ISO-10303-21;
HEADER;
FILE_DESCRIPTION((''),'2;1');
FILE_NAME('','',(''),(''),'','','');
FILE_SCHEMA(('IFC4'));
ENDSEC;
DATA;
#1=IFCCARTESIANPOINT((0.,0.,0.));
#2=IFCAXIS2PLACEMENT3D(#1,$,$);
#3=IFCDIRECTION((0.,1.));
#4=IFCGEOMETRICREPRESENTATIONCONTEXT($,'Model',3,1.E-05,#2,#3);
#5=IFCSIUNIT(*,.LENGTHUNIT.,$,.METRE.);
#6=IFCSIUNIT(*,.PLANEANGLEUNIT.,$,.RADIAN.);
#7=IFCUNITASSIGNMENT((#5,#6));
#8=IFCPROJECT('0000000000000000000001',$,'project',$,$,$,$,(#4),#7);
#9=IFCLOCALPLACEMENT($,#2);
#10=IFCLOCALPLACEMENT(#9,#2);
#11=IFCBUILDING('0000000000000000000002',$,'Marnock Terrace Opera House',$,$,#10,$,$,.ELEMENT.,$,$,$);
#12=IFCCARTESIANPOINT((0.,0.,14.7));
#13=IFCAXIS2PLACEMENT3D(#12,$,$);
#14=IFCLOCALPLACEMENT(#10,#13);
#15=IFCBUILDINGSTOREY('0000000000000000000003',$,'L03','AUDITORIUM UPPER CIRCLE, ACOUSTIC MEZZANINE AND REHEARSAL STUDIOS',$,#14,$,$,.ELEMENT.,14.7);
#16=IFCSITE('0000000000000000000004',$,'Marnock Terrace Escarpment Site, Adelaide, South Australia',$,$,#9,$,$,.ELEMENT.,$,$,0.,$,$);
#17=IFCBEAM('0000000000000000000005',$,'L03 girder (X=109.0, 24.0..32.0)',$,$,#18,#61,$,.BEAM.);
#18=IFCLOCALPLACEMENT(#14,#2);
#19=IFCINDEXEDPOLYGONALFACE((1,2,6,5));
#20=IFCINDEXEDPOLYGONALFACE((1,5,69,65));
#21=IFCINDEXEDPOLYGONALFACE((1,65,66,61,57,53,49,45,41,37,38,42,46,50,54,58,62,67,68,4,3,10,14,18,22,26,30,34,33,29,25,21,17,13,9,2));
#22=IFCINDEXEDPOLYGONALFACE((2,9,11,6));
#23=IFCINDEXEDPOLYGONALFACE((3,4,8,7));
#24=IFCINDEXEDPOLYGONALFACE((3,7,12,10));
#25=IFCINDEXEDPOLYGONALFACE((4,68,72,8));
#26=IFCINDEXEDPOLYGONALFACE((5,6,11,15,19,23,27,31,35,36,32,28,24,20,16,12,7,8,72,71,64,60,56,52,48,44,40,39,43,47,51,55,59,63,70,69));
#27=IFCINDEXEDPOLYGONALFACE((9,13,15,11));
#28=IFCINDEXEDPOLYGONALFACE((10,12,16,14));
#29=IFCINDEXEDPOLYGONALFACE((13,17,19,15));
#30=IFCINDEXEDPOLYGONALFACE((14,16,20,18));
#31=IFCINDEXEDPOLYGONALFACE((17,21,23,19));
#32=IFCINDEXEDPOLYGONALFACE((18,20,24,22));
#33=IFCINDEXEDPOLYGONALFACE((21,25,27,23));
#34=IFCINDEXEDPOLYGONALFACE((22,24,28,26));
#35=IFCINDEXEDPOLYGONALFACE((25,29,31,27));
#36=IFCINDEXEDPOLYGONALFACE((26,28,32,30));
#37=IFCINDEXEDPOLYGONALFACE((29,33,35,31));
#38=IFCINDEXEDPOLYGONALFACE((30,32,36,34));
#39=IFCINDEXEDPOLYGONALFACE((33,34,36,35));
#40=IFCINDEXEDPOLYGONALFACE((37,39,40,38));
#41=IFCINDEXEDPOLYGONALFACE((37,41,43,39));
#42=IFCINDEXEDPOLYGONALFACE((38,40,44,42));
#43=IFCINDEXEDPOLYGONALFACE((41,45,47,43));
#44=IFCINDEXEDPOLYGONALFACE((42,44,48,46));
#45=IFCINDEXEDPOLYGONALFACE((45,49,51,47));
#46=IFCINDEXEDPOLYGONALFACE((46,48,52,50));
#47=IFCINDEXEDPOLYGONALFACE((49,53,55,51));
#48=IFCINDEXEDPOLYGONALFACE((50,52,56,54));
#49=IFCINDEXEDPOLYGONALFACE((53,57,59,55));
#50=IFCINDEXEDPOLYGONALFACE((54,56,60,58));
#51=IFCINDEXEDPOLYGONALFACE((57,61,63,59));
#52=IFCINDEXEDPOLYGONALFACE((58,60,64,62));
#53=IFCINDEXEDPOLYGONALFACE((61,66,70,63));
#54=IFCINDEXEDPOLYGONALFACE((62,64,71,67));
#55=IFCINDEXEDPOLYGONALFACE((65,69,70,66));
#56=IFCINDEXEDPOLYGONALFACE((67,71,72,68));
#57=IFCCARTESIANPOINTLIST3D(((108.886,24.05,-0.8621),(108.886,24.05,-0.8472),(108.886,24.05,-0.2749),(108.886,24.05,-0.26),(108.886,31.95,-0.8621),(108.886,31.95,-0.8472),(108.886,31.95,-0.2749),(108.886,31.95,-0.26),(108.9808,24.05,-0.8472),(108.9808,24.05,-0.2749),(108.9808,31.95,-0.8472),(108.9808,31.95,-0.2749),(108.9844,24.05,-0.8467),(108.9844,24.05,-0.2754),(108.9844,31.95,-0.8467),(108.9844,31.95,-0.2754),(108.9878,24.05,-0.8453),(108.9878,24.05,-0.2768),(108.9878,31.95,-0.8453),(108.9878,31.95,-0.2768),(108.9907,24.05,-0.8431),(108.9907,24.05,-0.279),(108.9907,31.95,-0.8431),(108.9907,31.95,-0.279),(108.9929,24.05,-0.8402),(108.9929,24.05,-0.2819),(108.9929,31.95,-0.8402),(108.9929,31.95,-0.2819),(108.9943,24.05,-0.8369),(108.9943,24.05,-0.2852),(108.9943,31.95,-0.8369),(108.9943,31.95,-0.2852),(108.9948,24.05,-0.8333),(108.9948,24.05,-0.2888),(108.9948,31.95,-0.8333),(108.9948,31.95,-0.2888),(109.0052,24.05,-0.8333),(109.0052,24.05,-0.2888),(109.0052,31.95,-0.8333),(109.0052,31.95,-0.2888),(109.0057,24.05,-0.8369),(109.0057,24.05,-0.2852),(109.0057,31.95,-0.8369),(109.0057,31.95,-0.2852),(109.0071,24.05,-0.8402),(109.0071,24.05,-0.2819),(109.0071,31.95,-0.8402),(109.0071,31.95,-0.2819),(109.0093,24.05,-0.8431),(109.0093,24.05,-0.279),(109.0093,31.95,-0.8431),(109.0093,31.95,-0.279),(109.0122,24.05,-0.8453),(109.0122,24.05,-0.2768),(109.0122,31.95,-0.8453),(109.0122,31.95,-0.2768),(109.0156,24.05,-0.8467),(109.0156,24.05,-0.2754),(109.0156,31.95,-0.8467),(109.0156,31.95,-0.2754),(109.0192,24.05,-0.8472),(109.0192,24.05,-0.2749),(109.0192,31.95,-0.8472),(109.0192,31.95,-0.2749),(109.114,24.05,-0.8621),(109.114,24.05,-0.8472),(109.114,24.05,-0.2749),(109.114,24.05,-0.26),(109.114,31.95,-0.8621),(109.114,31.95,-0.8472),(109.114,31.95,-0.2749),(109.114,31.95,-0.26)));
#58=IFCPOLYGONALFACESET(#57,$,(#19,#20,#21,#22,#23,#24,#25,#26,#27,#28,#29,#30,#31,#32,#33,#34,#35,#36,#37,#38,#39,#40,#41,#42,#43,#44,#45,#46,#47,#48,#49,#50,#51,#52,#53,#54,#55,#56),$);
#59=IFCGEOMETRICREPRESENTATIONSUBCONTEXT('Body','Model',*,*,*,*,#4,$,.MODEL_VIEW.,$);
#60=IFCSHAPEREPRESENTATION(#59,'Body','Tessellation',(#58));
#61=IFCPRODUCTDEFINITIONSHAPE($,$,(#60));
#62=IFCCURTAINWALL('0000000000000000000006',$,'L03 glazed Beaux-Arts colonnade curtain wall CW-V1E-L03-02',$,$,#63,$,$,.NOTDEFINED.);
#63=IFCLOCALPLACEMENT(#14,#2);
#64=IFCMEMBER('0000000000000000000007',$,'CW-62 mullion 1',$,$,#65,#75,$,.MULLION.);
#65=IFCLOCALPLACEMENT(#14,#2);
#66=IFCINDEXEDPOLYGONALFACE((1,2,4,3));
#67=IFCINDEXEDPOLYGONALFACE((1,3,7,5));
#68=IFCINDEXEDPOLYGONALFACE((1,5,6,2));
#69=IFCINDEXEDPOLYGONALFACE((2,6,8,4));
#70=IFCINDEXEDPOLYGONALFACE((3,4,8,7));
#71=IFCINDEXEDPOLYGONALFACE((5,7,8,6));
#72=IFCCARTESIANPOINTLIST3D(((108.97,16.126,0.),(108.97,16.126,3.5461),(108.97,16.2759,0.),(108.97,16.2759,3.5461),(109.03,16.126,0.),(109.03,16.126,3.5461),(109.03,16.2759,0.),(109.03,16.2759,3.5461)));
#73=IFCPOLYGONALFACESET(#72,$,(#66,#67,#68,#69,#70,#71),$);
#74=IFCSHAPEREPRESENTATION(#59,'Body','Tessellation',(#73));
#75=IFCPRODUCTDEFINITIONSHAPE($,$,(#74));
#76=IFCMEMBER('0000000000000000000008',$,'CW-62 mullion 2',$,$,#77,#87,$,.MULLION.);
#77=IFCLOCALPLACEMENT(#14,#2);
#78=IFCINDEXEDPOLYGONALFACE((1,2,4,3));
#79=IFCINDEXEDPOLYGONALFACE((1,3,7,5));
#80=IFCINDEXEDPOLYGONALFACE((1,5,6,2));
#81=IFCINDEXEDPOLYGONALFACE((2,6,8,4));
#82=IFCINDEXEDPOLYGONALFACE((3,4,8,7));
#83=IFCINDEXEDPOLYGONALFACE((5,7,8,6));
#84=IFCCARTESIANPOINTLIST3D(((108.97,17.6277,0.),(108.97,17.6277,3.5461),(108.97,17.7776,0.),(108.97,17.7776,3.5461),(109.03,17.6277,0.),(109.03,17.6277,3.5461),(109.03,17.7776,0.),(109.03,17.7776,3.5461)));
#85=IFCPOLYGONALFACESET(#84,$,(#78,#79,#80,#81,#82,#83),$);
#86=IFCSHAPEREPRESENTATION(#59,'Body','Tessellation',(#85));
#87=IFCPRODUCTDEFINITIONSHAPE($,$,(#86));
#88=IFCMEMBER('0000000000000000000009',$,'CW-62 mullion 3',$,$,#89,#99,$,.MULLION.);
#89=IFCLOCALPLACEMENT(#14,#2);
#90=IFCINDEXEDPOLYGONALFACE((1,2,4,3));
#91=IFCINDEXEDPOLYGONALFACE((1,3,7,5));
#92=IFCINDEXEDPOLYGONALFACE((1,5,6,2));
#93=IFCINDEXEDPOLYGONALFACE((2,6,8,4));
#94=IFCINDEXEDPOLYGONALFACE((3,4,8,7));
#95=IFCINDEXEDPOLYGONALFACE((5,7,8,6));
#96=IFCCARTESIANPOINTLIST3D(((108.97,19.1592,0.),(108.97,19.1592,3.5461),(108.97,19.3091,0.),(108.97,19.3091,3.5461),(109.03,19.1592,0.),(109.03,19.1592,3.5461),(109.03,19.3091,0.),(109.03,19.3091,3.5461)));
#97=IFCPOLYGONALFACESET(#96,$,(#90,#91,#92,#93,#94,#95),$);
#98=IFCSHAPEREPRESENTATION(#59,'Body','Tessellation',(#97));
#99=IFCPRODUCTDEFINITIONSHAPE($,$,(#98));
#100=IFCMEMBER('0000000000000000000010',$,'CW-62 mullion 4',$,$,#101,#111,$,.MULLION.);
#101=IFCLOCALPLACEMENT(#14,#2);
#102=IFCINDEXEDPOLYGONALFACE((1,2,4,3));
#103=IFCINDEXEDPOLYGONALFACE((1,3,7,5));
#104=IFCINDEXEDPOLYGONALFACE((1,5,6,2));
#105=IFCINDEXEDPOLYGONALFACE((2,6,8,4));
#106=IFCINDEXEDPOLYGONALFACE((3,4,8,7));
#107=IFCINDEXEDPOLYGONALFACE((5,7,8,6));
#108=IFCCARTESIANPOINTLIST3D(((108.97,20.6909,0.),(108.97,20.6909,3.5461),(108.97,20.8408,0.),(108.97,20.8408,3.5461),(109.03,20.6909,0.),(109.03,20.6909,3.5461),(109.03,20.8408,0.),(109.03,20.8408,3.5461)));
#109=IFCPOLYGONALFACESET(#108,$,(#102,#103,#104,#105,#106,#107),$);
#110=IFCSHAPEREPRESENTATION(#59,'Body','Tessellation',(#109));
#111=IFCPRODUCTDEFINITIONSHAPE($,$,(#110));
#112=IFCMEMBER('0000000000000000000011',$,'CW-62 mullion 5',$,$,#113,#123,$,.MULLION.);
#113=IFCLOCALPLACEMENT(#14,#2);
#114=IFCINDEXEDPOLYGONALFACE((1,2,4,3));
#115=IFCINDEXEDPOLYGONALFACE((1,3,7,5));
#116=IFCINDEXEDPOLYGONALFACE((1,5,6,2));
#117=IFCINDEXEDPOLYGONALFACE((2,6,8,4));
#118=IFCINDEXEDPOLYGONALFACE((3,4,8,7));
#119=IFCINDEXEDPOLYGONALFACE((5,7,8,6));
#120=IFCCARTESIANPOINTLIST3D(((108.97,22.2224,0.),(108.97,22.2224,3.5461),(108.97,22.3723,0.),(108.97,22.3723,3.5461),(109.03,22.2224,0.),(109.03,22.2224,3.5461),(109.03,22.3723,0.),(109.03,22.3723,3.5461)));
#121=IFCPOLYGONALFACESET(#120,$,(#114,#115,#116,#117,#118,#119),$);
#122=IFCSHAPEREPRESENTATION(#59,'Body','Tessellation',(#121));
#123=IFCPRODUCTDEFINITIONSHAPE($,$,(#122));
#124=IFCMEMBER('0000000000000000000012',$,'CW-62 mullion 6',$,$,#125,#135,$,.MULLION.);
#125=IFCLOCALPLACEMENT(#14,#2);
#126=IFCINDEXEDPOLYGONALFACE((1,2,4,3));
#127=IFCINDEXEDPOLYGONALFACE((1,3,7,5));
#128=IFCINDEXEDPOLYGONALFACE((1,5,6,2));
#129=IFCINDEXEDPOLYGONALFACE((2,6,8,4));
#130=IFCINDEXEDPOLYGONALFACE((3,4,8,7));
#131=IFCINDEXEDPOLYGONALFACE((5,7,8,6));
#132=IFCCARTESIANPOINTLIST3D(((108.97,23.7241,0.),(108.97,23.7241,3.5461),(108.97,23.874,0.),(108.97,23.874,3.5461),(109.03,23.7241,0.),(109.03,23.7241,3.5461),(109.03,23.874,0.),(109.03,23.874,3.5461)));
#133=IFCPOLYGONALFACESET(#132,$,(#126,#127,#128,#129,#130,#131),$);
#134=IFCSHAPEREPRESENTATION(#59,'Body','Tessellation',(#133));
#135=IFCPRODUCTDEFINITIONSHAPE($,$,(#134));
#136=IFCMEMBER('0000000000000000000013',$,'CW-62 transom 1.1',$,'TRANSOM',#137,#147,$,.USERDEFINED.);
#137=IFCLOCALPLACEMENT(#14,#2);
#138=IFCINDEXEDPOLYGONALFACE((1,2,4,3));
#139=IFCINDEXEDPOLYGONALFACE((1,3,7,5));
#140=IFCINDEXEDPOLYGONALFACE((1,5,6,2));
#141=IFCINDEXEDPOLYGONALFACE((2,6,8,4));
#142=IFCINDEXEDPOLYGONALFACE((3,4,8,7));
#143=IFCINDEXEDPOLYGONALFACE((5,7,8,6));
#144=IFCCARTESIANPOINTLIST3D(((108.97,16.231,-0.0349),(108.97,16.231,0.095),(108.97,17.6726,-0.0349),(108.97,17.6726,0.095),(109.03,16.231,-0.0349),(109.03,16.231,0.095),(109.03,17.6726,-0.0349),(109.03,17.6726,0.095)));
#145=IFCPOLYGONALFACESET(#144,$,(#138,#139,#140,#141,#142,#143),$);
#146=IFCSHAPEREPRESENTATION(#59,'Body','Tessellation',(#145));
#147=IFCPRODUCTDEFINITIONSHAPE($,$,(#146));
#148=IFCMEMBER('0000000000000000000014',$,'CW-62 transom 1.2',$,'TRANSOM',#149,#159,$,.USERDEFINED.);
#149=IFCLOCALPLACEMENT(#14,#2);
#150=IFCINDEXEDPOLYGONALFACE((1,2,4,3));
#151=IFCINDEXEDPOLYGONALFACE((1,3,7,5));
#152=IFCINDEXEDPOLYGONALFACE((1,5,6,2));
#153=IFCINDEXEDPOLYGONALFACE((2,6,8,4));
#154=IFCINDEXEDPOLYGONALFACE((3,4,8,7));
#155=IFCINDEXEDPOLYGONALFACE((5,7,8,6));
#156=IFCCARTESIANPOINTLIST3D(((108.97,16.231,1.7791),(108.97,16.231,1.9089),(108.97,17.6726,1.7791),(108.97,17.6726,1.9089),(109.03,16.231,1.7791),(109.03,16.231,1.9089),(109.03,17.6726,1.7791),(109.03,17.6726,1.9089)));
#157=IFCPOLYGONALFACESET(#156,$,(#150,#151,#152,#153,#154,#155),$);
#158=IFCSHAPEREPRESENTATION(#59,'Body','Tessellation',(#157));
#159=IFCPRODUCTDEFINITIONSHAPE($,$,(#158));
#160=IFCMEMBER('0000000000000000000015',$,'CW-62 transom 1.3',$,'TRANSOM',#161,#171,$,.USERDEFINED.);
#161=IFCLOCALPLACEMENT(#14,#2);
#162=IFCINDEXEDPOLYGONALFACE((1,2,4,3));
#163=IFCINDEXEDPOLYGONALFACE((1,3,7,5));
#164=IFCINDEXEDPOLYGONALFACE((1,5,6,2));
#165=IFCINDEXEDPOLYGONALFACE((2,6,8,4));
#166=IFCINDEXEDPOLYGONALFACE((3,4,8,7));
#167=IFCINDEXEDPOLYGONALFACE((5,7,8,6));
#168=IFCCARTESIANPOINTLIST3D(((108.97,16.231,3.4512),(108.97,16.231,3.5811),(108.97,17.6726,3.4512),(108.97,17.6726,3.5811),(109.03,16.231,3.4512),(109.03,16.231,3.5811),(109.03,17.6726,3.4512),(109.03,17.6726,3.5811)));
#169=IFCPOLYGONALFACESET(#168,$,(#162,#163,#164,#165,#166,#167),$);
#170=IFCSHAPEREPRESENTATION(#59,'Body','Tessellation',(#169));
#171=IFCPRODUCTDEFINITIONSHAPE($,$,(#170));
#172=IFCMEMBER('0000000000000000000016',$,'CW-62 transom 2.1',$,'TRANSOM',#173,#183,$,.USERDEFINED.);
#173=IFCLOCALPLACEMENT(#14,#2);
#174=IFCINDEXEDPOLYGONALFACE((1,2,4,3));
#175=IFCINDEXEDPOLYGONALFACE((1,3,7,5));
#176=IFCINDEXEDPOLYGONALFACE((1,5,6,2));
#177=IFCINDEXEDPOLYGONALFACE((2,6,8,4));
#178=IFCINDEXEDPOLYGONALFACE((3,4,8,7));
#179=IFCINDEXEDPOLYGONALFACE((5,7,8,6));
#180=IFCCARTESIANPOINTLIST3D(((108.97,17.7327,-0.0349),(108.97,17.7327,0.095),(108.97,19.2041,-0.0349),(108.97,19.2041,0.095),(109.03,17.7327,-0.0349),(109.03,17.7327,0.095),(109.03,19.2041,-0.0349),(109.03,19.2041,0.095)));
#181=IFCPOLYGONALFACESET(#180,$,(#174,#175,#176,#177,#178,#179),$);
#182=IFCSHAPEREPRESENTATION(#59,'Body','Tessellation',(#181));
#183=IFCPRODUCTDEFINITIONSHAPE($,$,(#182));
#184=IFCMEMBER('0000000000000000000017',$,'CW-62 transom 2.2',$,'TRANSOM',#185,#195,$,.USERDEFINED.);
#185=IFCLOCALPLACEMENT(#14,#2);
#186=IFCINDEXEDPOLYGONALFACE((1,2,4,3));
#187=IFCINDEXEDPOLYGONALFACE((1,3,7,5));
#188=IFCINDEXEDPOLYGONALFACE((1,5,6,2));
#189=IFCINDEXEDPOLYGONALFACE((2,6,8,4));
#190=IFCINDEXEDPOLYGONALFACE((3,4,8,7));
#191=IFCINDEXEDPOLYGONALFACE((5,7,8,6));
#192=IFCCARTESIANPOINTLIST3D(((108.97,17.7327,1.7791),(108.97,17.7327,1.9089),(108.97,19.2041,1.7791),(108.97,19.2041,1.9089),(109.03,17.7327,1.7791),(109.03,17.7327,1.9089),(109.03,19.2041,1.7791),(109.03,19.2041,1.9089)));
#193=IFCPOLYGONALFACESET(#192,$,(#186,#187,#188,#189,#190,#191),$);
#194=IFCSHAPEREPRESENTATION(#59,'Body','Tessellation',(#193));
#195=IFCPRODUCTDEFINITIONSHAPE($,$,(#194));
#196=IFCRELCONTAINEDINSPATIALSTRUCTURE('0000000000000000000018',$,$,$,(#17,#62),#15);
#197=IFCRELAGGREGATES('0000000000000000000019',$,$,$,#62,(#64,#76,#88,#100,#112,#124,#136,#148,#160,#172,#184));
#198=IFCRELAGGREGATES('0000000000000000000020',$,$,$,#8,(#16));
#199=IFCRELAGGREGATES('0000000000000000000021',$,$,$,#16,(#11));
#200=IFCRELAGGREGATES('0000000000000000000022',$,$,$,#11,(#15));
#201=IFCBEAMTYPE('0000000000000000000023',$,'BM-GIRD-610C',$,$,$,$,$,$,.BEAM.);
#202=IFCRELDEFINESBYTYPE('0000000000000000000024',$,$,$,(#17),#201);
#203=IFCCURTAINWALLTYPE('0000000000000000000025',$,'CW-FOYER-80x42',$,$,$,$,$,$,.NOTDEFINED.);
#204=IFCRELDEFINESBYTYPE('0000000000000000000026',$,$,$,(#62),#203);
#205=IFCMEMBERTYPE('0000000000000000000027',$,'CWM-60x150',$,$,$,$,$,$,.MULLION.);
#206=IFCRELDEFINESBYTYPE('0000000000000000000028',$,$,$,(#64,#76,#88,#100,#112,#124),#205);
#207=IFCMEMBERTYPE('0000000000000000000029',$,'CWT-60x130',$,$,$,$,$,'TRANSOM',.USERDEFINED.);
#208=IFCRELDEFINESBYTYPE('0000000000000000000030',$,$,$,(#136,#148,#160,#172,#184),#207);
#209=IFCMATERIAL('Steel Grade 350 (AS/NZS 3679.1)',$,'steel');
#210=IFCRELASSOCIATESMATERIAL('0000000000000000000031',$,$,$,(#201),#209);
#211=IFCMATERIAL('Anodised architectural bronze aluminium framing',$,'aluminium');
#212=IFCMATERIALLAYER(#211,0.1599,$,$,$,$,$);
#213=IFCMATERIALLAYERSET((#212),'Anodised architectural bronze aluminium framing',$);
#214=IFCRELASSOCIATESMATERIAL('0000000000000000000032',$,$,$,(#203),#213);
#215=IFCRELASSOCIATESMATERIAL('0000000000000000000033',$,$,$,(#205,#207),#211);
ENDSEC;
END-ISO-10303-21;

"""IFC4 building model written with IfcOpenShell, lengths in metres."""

from ifc_helpers import new_model, si_unit, direction, frame, origin, origin_2d, place, context, subcontext, project, spatial, rectangle, i_section, extrude, material, layer, layer_set, material_profile, profile_set, type_object, element, aggregate, save


model = new_model("IFC4")

# Units and contexts
model_context = context("Model", 3, precision=1e-05, world=origin(), true_north=direction((0.0, 1.0)))
body_context = subcontext(model_context, "Body", "Model", "MODEL_VIEW")
ifc_project = project(units=[si_unit("LENGTHUNIT", "METRE"), si_unit("PLANEANGLEUNIT", "RADIAN")], contexts=[model_context])

# Site, building, storey
site_placement = place(None, origin())
site = spatial("IfcSite", under=ifc_project, at=site_placement, Name="Marnock Terrace Escarpment Site, Adelaide, South Australia", CompositionType="ELEMENT", RefElevation=0.0)
building_placement = place(site_placement, origin())
building = spatial("IfcBuilding", under=site, at=building_placement, Name="Marnock Terrace Opera House", CompositionType="ELEMENT")
storey_placement = place(building_placement, frame((0.0, 0.0, 14.7)))
storey = spatial("IfcBuildingStorey", under=building, at=storey_placement, Name="L03", Description="AUDITORIUM UPPER CIRCLE, ACOUSTIC MEZZANINE AND REHEARSAL STUDIOS", CompositionType="ELEMENT", Elevation=14.7)

# Beam
ifc_material_1 = material(Name="Steel Grade 350 (AS/NZS 3679.1)", Category="steel")
ifc_material_profile_1 = material_profile(ifc_material_1, i_section(OverallWidth=0.228, OverallDepth=0.6021, WebThickness=0.0105, FlangeThickness=0.0149, FilletRadius=0.0139, at=origin_2d()))
ifc_profile_set_1 = profile_set([ifc_material_profile_1], Name="Steel Grade 350 (AS/NZS 3679.1)")
beam_type = type_object("IfcBeamType", Name="BM-GIRD-610C", PredefinedType="BEAM", material=ifc_profile_set_1)
beam_placement = place(storey_placement, frame((109.0, 24.05, -0.561), z_axis=(0.0, 1.0, 0.0), x_axis=(-1.0, 0.0, 0.0)))
element("IfcBeam", 1, at=beam_placement, inside=storey, type_object=beam_type, Name="L03 girder (X=109.0, 24.0..32.0)", PredefinedType="BEAM", context=body_context, shape_type="SweptSolid", body=[
    extrude(i_section(OverallWidth=0.228, OverallDepth=0.6021, WebThickness=0.0105, FlangeThickness=0.0149, FilletRadius=0.0139, at=origin_2d()), origin(), (0.0, 0.0, 1.0), 7.8999),
])

# Curtain wall, members
ifc_material_2 = material(Name="Anodised architectural bronze aluminium framing", Category="aluminium")
ifc_layer_1 = layer(ifc_material_2, 0.1599)
ifc_layer_set_1 = layer_set([ifc_layer_1], Name="Anodised architectural bronze aluminium framing")
curtain_wall_type = type_object("IfcCurtainWallType", Name="CW-FOYER-80x42", PredefinedType="NOTDEFINED", material=ifc_layer_set_1)
curtain_wall_placement = place(storey_placement, origin())
curtain_wall = element("IfcCurtainWall", 2, at=curtain_wall_placement, inside=storey, type_object=curtain_wall_type, Name="L03 glazed Beaux-Arts colonnade curtain wall CW-V1E-L03-02", PredefinedType="NOTDEFINED")
ifc_material_profile_2 = material_profile(ifc_material_2, rectangle(XDim=0.0601, YDim=0.1499, at=origin_2d()))
ifc_profile_set_2 = profile_set([ifc_material_profile_2], Name="Anodised architectural bronze aluminium framing")
member_type_1 = type_object("IfcMemberType", Name="CWM-60x150", PredefinedType="MULLION", material=ifc_profile_set_2)
member_1_placement = place(storey_placement, frame((109.0, 16.2009, 0.0), z_axis=(0.0, 0.0, 1.0), x_axis=(-1.0, 0.0, 0.0)))
member_1 = element("IfcMember", 3, at=member_1_placement, type_object=member_type_1, Name="CW-62 mullion 1", PredefinedType="MULLION", context=body_context, shape_type="SweptSolid", body=[
    extrude(rectangle(XDim=0.0601, YDim=0.1499, at=origin_2d()), origin(), (0.0, 0.0, 1.0), 3.5461),
])
member_2_placement = place(storey_placement, frame((109.0, 17.7026, 0.0), z_axis=(0.0, 0.0, 1.0), x_axis=(-1.0, 0.0, 0.0)))
member_2 = element("IfcMember", 4, at=member_2_placement, type_object=member_type_1, Name="CW-62 mullion 2", PredefinedType="MULLION", context=body_context, shape_type="SweptSolid", body=[
    extrude(rectangle(XDim=0.0601, YDim=0.1499, at=origin_2d()), origin(), (0.0, 0.0, 1.0), 3.5461),
])
member_3_placement = place(storey_placement, frame((109.0, 19.2341, 0.0), z_axis=(0.0, 0.0, 1.0), x_axis=(-1.0, 0.0, 0.0)))
member_3 = element("IfcMember", 5, at=member_3_placement, type_object=member_type_1, Name="CW-62 mullion 3", PredefinedType="MULLION", context=body_context, shape_type="SweptSolid", body=[
    extrude(rectangle(XDim=0.0601, YDim=0.1499, at=origin_2d()), origin(), (0.0, 0.0, 1.0), 3.5461),
])
member_4_placement = place(storey_placement, frame((109.0, 20.7659, 0.0), z_axis=(0.0, 0.0, 1.0), x_axis=(-1.0, 0.0, 0.0)))
member_4 = element("IfcMember", 6, at=member_4_placement, type_object=member_type_1, Name="CW-62 mullion 4", PredefinedType="MULLION", context=body_context, shape_type="SweptSolid", body=[
    extrude(rectangle(XDim=0.0601, YDim=0.1499, at=origin_2d()), origin(), (0.0, 0.0, 1.0), 3.5461),
])
member_5_placement = place(storey_placement, frame((109.0, 22.2974, 0.0), z_axis=(0.0, 0.0, 1.0), x_axis=(-1.0, 0.0, 0.0)))
member_5 = element("IfcMember", 7, at=member_5_placement, type_object=member_type_1, Name="CW-62 mullion 5", PredefinedType="MULLION", context=body_context, shape_type="SweptSolid", body=[
    extrude(rectangle(XDim=0.0601, YDim=0.1499, at=origin_2d()), origin(), (0.0, 0.0, 1.0), 3.5461),
])
member_6_placement = place(storey_placement, frame((109.0, 23.7991, 0.0), z_axis=(0.0, 0.0, 1.0), x_axis=(-1.0, 0.0, 0.0)))
member_6 = element("IfcMember", 8, at=member_6_placement, type_object=member_type_1, Name="CW-62 mullion 6", PredefinedType="MULLION", context=body_context, shape_type="SweptSolid", body=[
    extrude(rectangle(XDim=0.0601, YDim=0.1499, at=origin_2d()), origin(), (0.0, 0.0, 1.0), 3.5461),
])
ifc_material_profile_3 = material_profile(ifc_material_2, rectangle(XDim=0.0601, YDim=0.1299, at=origin_2d()))
ifc_profile_set_3 = profile_set([ifc_material_profile_3], Name="Anodised architectural bronze aluminium framing")
member_type_2 = type_object("IfcMemberType", Name="CWT-60x130", ElementType="TRANSOM", PredefinedType="USERDEFINED", material=ifc_profile_set_3)
member_7_placement = place(storey_placement, frame((109.0, 16.231, 0.03), z_axis=(0.0, 1.0, 0.0), x_axis=(-1.0, 0.0, 0.0)))
member_7 = element("IfcMember", 9, at=member_7_placement, type_object=member_type_2, Name="CW-62 transom 1.1", ObjectType="TRANSOM", PredefinedType="USERDEFINED", context=body_context, shape_type="SweptSolid", body=[
    extrude(rectangle(XDim=0.0601, YDim=0.1299, at=origin_2d()), origin(), (0.0, 0.0, 1.0), 1.4417),
])
member_8_placement = place(storey_placement, frame((109.0, 16.231, 1.844), z_axis=(0.0, 1.0, 0.0), x_axis=(-1.0, 0.0, 0.0)))
member_8 = element("IfcMember", 10, at=member_8_placement, type_object=member_type_2, Name="CW-62 transom 1.2", ObjectType="TRANSOM", PredefinedType="USERDEFINED", context=body_context, shape_type="SweptSolid", body=[
    extrude(rectangle(XDim=0.0601, YDim=0.1299, at=origin_2d()), origin(), (0.0, 0.0, 1.0), 1.4417),
])
member_9_placement = place(storey_placement, frame((109.0, 16.231, 3.5161), z_axis=(0.0, 1.0, 0.0), x_axis=(-1.0, 0.0, 0.0)))
member_9 = element("IfcMember", 11, at=member_9_placement, type_object=member_type_2, Name="CW-62 transom 1.3", ObjectType="TRANSOM", PredefinedType="USERDEFINED", context=body_context, shape_type="SweptSolid", body=[
    extrude(rectangle(XDim=0.0601, YDim=0.1299, at=origin_2d()), origin(), (0.0, 0.0, 1.0), 1.4417),
])
member_10_placement = place(storey_placement, frame((109.0, 17.7327, 0.03), z_axis=(0.0, 1.0, 0.0), x_axis=(-1.0, 0.0, 0.0)))
member_10 = element("IfcMember", 12, at=member_10_placement, type_object=member_type_2, Name="CW-62 transom 2.1", ObjectType="TRANSOM", PredefinedType="USERDEFINED", context=body_context, shape_type="SweptSolid", body=[
    extrude(rectangle(XDim=0.0601, YDim=0.1299, at=origin_2d()), origin(), (0.0, 0.0, 1.0), 1.4714),
])
member_11_placement = place(storey_placement, frame((109.0, 17.7327, 1.844), z_axis=(0.0, 1.0, 0.0), x_axis=(-1.0, 0.0, 0.0)))
member_11 = element("IfcMember", 13, at=member_11_placement, type_object=member_type_2, Name="CW-62 transom 2.2", ObjectType="TRANSOM", PredefinedType="USERDEFINED", context=body_context, shape_type="SweptSolid", body=[
    extrude(rectangle(XDim=0.0601, YDim=0.1299, at=origin_2d()), origin(), (0.0, 0.0, 1.0), 1.4714),
])
aggregate(curtain_wall, [member_1, member_2, member_3, member_4, member_5, member_6, member_7, member_8, member_9, member_10, member_11])

save(model, "model.ifc")
